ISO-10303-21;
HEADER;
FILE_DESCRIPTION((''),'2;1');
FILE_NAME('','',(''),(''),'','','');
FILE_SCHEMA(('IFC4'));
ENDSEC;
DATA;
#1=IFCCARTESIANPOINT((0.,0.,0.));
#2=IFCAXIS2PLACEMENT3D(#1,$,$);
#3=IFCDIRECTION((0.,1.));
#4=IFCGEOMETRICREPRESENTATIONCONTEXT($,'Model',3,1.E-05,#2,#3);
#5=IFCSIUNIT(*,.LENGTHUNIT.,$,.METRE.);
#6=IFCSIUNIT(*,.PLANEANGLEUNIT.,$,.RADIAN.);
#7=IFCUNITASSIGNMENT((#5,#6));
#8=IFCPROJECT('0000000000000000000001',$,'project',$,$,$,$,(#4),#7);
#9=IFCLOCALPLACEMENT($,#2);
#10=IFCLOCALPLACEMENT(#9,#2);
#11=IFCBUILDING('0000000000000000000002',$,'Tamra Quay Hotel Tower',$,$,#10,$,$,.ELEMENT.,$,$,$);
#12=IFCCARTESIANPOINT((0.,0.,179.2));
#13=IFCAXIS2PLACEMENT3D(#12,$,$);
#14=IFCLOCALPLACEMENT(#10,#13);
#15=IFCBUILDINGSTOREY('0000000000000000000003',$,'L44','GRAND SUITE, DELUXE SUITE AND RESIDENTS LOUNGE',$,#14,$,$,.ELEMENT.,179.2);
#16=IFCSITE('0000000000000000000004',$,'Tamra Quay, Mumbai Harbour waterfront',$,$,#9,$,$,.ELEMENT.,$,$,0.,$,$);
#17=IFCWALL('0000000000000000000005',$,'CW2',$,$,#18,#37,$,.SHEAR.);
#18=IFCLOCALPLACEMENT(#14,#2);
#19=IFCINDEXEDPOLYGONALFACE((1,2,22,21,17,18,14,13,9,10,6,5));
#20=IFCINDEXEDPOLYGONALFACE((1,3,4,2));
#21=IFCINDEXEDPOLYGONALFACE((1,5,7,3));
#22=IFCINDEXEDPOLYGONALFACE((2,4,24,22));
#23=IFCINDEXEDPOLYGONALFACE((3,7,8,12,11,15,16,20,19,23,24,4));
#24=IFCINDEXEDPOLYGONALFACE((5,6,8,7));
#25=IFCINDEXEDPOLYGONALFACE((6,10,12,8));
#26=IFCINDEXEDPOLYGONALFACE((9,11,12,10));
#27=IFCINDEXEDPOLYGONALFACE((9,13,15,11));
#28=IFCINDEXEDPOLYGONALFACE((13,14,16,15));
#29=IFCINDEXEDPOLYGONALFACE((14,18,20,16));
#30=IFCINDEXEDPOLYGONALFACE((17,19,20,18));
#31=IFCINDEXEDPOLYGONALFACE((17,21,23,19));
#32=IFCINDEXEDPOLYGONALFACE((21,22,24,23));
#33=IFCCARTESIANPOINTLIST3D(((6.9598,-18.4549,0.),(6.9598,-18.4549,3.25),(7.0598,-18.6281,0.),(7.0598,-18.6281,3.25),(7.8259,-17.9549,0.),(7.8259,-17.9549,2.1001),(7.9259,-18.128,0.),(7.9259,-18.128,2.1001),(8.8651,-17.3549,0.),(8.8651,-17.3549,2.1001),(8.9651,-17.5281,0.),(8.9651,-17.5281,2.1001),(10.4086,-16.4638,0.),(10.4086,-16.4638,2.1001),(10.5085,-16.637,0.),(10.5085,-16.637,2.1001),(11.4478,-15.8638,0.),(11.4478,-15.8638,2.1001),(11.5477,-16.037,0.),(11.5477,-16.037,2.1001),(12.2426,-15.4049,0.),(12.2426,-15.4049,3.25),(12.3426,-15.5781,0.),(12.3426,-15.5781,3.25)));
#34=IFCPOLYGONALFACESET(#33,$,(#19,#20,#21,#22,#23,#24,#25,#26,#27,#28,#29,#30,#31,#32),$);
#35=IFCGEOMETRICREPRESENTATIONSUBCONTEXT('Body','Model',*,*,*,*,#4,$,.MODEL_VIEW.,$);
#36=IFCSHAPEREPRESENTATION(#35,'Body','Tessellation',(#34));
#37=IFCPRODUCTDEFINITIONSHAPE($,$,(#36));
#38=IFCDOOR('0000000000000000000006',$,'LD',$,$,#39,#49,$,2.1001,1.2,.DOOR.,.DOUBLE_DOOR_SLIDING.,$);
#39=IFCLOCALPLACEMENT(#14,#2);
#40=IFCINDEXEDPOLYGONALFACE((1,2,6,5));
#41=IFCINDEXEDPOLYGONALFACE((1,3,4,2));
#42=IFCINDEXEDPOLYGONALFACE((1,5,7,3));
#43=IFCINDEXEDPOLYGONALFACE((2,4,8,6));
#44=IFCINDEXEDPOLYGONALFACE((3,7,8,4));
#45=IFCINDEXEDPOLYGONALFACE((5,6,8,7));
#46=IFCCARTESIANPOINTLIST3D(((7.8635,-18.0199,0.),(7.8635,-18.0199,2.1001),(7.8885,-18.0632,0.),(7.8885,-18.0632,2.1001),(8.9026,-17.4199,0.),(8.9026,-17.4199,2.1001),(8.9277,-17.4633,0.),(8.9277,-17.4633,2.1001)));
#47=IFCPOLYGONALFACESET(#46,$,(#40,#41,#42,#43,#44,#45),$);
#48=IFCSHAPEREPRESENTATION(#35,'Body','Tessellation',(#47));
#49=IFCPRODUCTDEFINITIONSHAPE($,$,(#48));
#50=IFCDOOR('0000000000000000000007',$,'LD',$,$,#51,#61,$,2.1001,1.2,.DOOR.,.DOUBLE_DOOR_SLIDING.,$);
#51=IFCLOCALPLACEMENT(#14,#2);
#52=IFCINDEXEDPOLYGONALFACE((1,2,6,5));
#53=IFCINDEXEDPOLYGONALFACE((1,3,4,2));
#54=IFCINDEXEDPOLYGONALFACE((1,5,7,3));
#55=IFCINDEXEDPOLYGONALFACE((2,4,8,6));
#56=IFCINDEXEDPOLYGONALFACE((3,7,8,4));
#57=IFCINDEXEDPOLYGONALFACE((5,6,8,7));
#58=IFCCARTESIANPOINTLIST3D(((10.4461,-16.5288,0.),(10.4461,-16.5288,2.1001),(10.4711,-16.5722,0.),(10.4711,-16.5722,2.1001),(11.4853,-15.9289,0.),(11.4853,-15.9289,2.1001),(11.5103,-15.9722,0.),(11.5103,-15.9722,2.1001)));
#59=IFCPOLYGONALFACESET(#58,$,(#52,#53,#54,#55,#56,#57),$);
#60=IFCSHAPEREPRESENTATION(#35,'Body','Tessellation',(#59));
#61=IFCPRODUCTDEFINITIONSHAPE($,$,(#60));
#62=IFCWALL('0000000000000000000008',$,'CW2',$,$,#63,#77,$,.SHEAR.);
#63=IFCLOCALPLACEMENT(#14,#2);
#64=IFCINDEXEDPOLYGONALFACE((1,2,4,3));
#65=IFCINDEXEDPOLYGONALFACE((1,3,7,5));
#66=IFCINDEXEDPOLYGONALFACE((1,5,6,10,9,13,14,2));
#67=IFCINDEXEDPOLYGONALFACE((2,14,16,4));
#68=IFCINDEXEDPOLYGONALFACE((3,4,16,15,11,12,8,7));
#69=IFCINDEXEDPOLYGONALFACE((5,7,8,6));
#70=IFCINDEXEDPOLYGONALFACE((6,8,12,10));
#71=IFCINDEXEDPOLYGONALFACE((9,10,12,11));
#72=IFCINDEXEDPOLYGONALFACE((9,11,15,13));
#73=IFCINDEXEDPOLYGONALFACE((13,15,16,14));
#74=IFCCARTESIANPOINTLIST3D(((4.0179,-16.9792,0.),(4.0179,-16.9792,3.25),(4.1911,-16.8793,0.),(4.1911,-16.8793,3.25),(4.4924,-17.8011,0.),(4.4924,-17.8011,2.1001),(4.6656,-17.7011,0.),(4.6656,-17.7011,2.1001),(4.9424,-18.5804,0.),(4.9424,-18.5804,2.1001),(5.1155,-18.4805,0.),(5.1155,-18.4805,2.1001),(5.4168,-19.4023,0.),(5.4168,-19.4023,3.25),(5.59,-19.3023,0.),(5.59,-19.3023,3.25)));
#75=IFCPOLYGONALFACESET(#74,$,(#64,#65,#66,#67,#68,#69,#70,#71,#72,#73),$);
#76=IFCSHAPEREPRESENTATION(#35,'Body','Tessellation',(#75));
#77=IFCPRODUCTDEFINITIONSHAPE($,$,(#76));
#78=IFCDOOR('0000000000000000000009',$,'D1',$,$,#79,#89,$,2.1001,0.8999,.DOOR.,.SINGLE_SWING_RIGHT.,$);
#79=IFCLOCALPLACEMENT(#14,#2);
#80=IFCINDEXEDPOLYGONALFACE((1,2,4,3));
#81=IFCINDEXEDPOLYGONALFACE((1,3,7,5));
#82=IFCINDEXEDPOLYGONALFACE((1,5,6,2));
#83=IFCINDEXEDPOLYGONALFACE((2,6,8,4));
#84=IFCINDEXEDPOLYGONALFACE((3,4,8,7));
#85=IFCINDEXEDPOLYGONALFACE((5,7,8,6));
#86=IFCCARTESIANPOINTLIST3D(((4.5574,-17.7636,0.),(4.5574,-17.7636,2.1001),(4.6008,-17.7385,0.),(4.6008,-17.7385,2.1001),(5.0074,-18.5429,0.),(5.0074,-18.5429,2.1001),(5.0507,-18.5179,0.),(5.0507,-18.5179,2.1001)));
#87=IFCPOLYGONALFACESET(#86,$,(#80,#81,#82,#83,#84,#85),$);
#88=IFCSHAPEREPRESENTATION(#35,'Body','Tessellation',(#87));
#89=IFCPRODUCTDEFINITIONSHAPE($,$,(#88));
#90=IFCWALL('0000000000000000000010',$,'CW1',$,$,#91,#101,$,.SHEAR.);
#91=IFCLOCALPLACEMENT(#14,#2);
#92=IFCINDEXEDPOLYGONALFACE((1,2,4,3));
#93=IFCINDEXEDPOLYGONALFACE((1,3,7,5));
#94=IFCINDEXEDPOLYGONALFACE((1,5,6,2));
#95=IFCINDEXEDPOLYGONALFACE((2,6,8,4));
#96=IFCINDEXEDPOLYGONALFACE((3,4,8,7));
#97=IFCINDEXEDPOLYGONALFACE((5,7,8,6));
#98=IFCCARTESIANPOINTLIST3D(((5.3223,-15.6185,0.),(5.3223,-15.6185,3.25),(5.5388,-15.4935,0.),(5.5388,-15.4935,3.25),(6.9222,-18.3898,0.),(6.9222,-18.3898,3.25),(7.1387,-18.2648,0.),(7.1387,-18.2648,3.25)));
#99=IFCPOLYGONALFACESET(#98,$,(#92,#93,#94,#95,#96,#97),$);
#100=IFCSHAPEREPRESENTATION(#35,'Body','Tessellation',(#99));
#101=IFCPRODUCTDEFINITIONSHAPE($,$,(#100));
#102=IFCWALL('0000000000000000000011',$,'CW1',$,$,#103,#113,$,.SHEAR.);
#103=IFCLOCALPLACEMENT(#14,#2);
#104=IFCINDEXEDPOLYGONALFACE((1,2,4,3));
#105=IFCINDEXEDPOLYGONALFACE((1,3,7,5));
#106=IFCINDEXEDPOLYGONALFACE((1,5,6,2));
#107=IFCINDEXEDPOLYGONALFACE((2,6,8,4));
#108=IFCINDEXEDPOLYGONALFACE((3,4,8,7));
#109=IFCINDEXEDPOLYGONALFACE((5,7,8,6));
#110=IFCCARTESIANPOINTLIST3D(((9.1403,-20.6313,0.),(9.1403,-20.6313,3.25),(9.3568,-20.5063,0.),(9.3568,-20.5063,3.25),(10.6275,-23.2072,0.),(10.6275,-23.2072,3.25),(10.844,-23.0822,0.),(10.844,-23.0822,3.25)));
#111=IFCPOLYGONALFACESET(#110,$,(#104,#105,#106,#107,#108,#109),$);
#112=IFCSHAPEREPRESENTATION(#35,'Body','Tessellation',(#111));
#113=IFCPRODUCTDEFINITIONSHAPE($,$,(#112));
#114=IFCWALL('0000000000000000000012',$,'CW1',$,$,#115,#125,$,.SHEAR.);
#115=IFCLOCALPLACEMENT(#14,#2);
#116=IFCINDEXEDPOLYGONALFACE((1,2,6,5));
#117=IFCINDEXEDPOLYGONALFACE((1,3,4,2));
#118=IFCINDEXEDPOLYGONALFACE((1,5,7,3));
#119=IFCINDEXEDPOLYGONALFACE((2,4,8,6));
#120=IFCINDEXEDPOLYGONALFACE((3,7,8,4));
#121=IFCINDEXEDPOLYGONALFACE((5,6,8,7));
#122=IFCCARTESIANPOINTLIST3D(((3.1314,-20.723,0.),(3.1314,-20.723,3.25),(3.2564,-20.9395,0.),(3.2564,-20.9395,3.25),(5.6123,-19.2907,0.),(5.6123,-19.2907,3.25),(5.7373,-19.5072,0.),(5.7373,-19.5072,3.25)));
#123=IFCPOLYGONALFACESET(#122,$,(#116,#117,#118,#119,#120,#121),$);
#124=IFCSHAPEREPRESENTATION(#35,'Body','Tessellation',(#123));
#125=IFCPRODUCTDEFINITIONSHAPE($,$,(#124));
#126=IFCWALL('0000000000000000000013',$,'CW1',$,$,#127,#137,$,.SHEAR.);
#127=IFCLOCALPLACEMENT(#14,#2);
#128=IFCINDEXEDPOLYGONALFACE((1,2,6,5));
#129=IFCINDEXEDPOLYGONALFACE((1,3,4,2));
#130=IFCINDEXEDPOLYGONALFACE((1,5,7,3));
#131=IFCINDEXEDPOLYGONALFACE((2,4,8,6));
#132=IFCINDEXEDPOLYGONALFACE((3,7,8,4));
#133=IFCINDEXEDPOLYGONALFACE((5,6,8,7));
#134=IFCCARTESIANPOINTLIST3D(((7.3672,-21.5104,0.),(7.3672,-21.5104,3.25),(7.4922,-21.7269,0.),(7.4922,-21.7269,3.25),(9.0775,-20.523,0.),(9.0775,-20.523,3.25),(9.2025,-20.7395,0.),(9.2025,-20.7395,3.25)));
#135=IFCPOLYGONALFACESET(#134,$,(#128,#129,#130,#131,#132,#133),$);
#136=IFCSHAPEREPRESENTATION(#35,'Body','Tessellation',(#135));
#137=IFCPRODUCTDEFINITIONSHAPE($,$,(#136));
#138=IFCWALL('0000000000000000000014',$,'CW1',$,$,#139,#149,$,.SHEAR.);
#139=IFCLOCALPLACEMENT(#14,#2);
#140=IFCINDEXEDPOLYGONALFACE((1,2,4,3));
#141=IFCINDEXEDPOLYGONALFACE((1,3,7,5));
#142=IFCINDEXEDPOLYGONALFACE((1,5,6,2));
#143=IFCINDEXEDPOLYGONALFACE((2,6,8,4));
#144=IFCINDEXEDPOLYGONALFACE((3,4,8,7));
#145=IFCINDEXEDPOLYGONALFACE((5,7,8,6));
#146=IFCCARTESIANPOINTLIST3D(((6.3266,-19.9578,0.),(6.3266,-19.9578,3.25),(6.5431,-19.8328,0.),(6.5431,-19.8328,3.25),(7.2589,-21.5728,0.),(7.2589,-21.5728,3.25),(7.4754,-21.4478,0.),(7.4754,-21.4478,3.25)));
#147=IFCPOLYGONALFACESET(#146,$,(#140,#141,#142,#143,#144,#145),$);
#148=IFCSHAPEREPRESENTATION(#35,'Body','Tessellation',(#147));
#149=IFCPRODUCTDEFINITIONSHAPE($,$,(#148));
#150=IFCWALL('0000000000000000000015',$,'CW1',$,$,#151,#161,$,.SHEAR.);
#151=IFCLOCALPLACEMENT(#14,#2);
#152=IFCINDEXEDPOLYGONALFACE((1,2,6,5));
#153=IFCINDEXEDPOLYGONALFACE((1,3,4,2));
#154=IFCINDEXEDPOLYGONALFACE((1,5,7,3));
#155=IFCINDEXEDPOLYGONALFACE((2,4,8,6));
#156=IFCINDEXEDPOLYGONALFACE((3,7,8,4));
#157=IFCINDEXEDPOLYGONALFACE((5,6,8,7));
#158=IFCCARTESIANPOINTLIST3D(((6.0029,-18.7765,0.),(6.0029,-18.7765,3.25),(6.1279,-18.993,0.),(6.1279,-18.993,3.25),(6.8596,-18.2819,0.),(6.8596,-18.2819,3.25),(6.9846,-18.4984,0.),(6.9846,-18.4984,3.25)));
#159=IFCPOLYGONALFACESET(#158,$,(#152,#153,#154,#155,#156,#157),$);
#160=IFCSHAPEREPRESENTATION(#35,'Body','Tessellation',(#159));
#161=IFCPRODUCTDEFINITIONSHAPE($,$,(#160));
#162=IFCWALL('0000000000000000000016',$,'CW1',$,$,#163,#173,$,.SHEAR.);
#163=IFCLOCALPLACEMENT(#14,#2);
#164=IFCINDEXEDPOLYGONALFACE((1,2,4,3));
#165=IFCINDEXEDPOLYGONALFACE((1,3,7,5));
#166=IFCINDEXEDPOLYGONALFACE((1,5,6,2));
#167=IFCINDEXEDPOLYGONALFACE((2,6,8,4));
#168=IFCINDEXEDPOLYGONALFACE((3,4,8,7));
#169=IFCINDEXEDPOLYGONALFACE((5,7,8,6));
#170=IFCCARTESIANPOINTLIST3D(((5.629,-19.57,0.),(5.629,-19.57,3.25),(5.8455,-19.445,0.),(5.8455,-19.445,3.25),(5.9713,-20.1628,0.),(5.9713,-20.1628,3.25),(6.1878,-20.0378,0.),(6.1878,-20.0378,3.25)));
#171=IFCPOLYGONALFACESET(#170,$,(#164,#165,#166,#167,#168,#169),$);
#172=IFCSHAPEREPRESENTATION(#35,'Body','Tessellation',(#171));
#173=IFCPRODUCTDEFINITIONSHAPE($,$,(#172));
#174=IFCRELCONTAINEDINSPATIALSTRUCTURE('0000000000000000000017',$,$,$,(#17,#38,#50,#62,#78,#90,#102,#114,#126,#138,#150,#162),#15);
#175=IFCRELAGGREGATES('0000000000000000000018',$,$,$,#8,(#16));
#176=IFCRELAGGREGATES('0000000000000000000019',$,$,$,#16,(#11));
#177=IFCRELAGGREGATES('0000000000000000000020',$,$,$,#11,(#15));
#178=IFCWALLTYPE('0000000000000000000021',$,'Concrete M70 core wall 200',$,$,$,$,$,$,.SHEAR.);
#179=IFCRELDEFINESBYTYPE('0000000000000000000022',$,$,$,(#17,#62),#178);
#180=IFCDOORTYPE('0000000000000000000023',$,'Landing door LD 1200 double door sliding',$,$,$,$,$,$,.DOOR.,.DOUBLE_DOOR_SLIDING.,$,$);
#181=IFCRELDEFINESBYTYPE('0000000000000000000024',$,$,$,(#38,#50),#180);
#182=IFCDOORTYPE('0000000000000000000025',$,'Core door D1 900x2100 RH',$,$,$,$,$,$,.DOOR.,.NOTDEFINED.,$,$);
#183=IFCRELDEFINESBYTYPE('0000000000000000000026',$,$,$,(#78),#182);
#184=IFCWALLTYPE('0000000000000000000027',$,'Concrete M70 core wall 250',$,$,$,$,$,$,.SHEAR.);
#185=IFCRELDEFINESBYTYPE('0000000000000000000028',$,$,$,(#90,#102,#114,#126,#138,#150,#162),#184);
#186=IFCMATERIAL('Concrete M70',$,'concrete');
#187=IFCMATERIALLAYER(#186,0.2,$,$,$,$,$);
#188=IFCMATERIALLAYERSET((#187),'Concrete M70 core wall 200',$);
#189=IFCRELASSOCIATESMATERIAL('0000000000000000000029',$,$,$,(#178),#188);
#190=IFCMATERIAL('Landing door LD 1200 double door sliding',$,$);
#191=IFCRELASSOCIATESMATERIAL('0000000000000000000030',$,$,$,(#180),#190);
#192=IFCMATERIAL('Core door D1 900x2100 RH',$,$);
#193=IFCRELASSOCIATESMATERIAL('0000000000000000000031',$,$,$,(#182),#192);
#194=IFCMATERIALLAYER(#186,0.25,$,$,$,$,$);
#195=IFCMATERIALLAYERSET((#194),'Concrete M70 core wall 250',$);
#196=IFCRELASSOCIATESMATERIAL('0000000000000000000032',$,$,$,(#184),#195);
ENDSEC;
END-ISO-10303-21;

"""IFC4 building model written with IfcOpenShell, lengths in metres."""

from ifc_helpers import new_model, si_unit, direction, frame, frame_2d, origin, place, context, subcontext, project, spatial, rectangle, extrude, material, layer, layer_set, type_object, element, fill, save


model = new_model("IFC4")

# Units and contexts
model_context = context("Model", 3, precision=1e-05, world=origin(), true_north=direction((0.0, 1.0)))
body_context = subcontext(model_context, "Body", "Model", "MODEL_VIEW")
ifc_project = project(units=[si_unit("LENGTHUNIT", "METRE"), si_unit("PLANEANGLEUNIT", "RADIAN")], contexts=[model_context])

# Site, building, storey
site_placement = place(None, origin())
site = spatial("IfcSite", under=ifc_project, at=site_placement, Name="Tamra Quay, Mumbai Harbour waterfront", CompositionType="ELEMENT", RefElevation=0.0)
building_placement = place(site_placement, origin())
building = spatial("IfcBuilding", under=site, at=building_placement, Name="Tamra Quay Hotel Tower", CompositionType="ELEMENT")
storey_placement = place(building_placement, frame((0.0, 0.0, 179.2)))
storey = spatial("IfcBuildingStorey", under=building, at=storey_placement, Name="L44", Description="GRAND SUITE, DELUXE SUITE AND RESIDENTS LOUNGE", CompositionType="ELEMENT", Elevation=179.2)

# Shared definitions
ifc_material_1 = material(Name="Concrete M70", Category="concrete")

# Wall, openings, doors
ifc_layer_1 = layer(ifc_material_1, 0.2)
ifc_layer_set_1 = layer_set([ifc_layer_1], Name="Concrete M70 core wall 200")
wall_type_1 = type_object("IfcWallType", Name="Concrete M70 core wall 200", PredefinedType="SHEAR", material=ifc_layer_set_1)
wall_1_placement = place(storey_placement, frame((7.0098, -18.5415, 0.0), z_axis=(0.0, 0.0, 1.0), x_axis=(0.86603, 0.499992, 0.0)))
wall_1 = element("IfcWall", 1, at=wall_1_placement, inside=storey, type_object=wall_type_1, Name="CW2", PredefinedType="SHEAR", context=body_context, shape_type="SweptSolid", body=[
    extrude(rectangle(XDim=6.1001, YDim=0.2, at=frame_2d((3.05, 0.0))), origin(), (0.0, 0.0, 1.0), 3.25),
])
opening_1_placement = place(wall_1_placement, frame((1.0, 0.0, 0.0)))
opening_1 = element("IfcOpeningElement", 2, at=opening_1_placement, cuts=wall_1, PredefinedType="OPENING", context=body_context, shape_type="SweptSolid", body=[
    extrude(rectangle(XDim=1.2, YDim=2.1001, at=frame_2d((0.6001, 1.05))), frame((0.0, 0.1099, 0.0), z_axis=(0.0, -1.0, 0.0), x_axis=(1.0, 0.0, 0.0)), (0.0, 0.0, 1.0), 0.22),
])
opening_2_placement = place(wall_1_placement, frame((3.9822, 0.0, 0.0)))
opening_2 = element("IfcOpeningElement", 3, at=opening_2_placement, cuts=wall_1, PredefinedType="OPENING", context=body_context, shape_type="SweptSolid", body=[
    extrude(rectangle(XDim=1.2, YDim=2.1001, at=frame_2d((0.6001, 1.05))), frame((0.0, 0.1099, 0.0), z_axis=(0.0, -1.0, 0.0), x_axis=(1.0, 0.0, 0.0)), (0.0, 0.0, 1.0), 0.22),
])
ifc_material_2 = material(Name="Landing door LD 1200 double door sliding")
door_type_1 = type_object("IfcDoorType", Name="Landing door LD 1200 double door sliding", OperationType="DOUBLE_DOOR_SLIDING", PredefinedType="DOOR", material=ifc_material_2)
door_1_placement = place(opening_1_placement, origin())
door_1 = element("IfcDoor", 4, at=door_1_placement, inside=storey, type_object=door_type_1, Name="LD", OperationType="DOUBLE_DOOR_SLIDING", OverallHeight=2.1001, OverallWidth=1.2, PredefinedType="DOOR", context=body_context, shape_type="SweptSolid", body=[
    extrude(rectangle(XDim=1.2, YDim=2.1001, at=frame_2d((0.6001, 1.05))), frame((0.0, 0.0249, 0.0), z_axis=(0.0, -1.0, 0.0), x_axis=(1.0, 0.0, 0.0)), (0.0, 0.0, 1.0), 0.05),
])
fill(opening_1, door_1)
door_2_placement = place(opening_2_placement, origin())
door_2 = element("IfcDoor", 5, at=door_2_placement, inside=storey, type_object=door_type_1, Name="LD", OperationType="DOUBLE_DOOR_SLIDING", OverallHeight=2.1001, OverallWidth=1.2, PredefinedType="DOOR", context=body_context, shape_type="SweptSolid", body=[
    extrude(rectangle(XDim=1.2, YDim=2.1001, at=frame_2d((0.6001, 1.05))), frame((0.0, 0.0249, 0.0), z_axis=(0.0, -1.0, 0.0), x_axis=(1.0, 0.0, 0.0)), (0.0, 0.0, 1.0), 0.05),
])
fill(opening_2, door_2)

# Wall, opening, door
wall_2_placement = place(storey_placement, frame((5.5034, -19.3523, 0.0), z_axis=(0.0, 0.0, 1.0), x_axis=(-0.499987, 0.866033, 0.0)))
wall_2 = element("IfcWall", 6, at=wall_2_placement, inside=storey, type_object=wall_type_1, Name="CW2", PredefinedType="SHEAR", context=body_context, shape_type="SweptSolid", body=[
    extrude(rectangle(XDim=2.7979, YDim=0.2, at=frame_2d((1.3989, 0.0))), origin(), (0.0, 0.0, 1.0), 3.25),
])
opening_3_placement = place(wall_2_placement, frame((0.949, 0.0, 0.0)))
opening_3 = element("IfcOpeningElement", 7, at=opening_3_placement, cuts=wall_2, PredefinedType="OPENING", context=body_context, shape_type="SweptSolid", body=[
    extrude(rectangle(XDim=0.8999, YDim=2.1001, at=frame_2d((0.45, 1.05))), frame((0.0, 0.1099, 0.0), z_axis=(0.0, -1.0, 0.0), x_axis=(1.0, 0.0, 0.0)), (0.0, 0.0, 1.0), 0.22),
])
ifc_material_3 = material(Name="Core door D1 900x2100 RH")
door_type_2 = type_object("IfcDoorType", Name="Core door D1 900x2100 RH", OperationType="NOTDEFINED", PredefinedType="DOOR", material=ifc_material_3)
door_3_placement = place(opening_3_placement, origin())
door_3 = element("IfcDoor", 8, at=door_3_placement, inside=storey, type_object=door_type_2, Name="D1", OperationType="SINGLE_SWING_RIGHT", OverallHeight=2.1001, OverallWidth=0.8999, PredefinedType="DOOR", context=body_context, shape_type="SweptSolid", body=[
    extrude(rectangle(XDim=0.8999, YDim=2.1001, at=frame_2d((0.45, 1.05))), frame((0.0, 0.0249, 0.0), z_axis=(0.0, -1.0, 0.0), x_axis=(1.0, 0.0, 0.0)), (0.0, 0.0, 1.0), 0.05),
])
fill(opening_3, door_3)

# Walls
ifc_layer_2 = layer(ifc_material_1, 0.25)
ifc_layer_set_2 = layer_set([ifc_layer_2], Name="Concrete M70 core wall 250")
wall_type_2 = type_object("IfcWallType", Name="Concrete M70 core wall 250", PredefinedType="SHEAR", material=ifc_layer_set_2)
wall_3_placement = place(storey_placement, frame((7.0305, -18.3274, 0.0), z_axis=(0.0, 0.0, 1.0), x_axis=(-0.499971, 0.866042, 0.0)))
element("IfcWall", 9, at=wall_3_placement, inside=storey, type_object=wall_type_2, Name="CW1", PredefinedType="SHEAR", context=body_context, shape_type="SweptSolid", body=[
    extrude(rectangle(XDim=3.2, YDim=0.25, at=frame_2d((1.6001, 0.0))), origin(), (0.0, 0.0, 1.0), 3.25),
])
wall_4_placement = place(storey_placement, frame((10.7358, -23.1448, 0.0), z_axis=(0.0, 0.0, 1.0), x_axis=(-0.500023, 0.866012, 0.0)))
element("IfcWall", 10, at=wall_4_placement, inside=storey, type_object=wall_type_2, Name="CW1", PredefinedType="SHEAR", context=body_context, shape_type="SweptSolid", body=[
    extrude(rectangle(XDim=2.9744, YDim=0.25, at=frame_2d((1.4873, 0.0))), origin(), (0.0, 0.0, 1.0), 3.25),
])
wall_5_placement = place(storey_placement, frame((5.6748, -19.3989, 0.0), z_axis=(0.0, 0.0, 1.0), x_axis=(-0.866027, -0.499998, 0.0)))
element("IfcWall", 11, at=wall_5_placement, inside=storey, type_object=wall_type_2, Name="CW1", PredefinedType="SHEAR", context=body_context, shape_type="SweptSolid", body=[
    extrude(rectangle(XDim=2.8647, YDim=0.25, at=frame_2d((1.4324, 0.0))), origin(), (0.0, 0.0, 1.0), 3.25),
])
wall_6_placement = place(storey_placement, frame((9.1399, -20.6313, 0.0), z_axis=(0.0, 0.0, 1.0), x_axis=(-0.866044, -0.499969, 0.0)))
element("IfcWall", 12, at=wall_6_placement, inside=storey, type_object=wall_type_2, Name="CW1", PredefinedType="SHEAR", context=body_context, shape_type="SweptSolid", body=[
    extrude(rectangle(XDim=1.9749, YDim=0.25, at=frame_2d((0.9873, 0.0))), origin(), (0.0, 0.0, 1.0), 3.25),
])
wall_7_placement = place(storey_placement, frame((7.3672, -21.5103, 0.0), z_axis=(0.0, 0.0, 1.0), x_axis=(-0.499983, 0.866035, 0.0)))
element("IfcWall", 13, at=wall_7_placement, inside=storey, type_object=wall_type_2, Name="CW1", PredefinedType="SHEAR", context=body_context, shape_type="SweptSolid", body=[
    extrude(rectangle(XDim=1.8647, YDim=0.25, at=frame_2d((0.9324, 0.0))), origin(), (0.0, 0.0, 1.0), 3.25),
])
wall_8_placement = place(storey_placement, frame((6.0654, -18.8848, 0.0), z_axis=(0.0, 0.0, 1.0), x_axis=(0.866017, 0.500014, 0.0)))
element("IfcWall", 14, at=wall_8_placement, inside=storey, type_object=wall_type_2, Name="CW1", PredefinedType="SHEAR", context=body_context, shape_type="SweptSolid", body=[
    extrude(rectangle(XDim=0.9893, YDim=0.25, at=frame_2d((0.4946, 0.0))), origin(), (0.0, 0.0, 1.0), 3.25),
])
wall_9_placement = place(storey_placement, frame((6.0796, -20.1003, 0.0), z_axis=(0.0, 0.0, 1.0), x_axis=(-0.500052, 0.865996, 0.0)))
element("IfcWall", 15, at=wall_9_placement, inside=storey, type_object=wall_type_2, Name="CW1", PredefinedType="SHEAR", context=body_context, shape_type="SweptSolid", body=[
    extrude(rectangle(XDim=0.6846, YDim=0.25, at=frame_2d((0.3423, 0.0))), origin(), (0.0, 0.0, 1.0), 3.25),
])

save(model, "model.ifc")
